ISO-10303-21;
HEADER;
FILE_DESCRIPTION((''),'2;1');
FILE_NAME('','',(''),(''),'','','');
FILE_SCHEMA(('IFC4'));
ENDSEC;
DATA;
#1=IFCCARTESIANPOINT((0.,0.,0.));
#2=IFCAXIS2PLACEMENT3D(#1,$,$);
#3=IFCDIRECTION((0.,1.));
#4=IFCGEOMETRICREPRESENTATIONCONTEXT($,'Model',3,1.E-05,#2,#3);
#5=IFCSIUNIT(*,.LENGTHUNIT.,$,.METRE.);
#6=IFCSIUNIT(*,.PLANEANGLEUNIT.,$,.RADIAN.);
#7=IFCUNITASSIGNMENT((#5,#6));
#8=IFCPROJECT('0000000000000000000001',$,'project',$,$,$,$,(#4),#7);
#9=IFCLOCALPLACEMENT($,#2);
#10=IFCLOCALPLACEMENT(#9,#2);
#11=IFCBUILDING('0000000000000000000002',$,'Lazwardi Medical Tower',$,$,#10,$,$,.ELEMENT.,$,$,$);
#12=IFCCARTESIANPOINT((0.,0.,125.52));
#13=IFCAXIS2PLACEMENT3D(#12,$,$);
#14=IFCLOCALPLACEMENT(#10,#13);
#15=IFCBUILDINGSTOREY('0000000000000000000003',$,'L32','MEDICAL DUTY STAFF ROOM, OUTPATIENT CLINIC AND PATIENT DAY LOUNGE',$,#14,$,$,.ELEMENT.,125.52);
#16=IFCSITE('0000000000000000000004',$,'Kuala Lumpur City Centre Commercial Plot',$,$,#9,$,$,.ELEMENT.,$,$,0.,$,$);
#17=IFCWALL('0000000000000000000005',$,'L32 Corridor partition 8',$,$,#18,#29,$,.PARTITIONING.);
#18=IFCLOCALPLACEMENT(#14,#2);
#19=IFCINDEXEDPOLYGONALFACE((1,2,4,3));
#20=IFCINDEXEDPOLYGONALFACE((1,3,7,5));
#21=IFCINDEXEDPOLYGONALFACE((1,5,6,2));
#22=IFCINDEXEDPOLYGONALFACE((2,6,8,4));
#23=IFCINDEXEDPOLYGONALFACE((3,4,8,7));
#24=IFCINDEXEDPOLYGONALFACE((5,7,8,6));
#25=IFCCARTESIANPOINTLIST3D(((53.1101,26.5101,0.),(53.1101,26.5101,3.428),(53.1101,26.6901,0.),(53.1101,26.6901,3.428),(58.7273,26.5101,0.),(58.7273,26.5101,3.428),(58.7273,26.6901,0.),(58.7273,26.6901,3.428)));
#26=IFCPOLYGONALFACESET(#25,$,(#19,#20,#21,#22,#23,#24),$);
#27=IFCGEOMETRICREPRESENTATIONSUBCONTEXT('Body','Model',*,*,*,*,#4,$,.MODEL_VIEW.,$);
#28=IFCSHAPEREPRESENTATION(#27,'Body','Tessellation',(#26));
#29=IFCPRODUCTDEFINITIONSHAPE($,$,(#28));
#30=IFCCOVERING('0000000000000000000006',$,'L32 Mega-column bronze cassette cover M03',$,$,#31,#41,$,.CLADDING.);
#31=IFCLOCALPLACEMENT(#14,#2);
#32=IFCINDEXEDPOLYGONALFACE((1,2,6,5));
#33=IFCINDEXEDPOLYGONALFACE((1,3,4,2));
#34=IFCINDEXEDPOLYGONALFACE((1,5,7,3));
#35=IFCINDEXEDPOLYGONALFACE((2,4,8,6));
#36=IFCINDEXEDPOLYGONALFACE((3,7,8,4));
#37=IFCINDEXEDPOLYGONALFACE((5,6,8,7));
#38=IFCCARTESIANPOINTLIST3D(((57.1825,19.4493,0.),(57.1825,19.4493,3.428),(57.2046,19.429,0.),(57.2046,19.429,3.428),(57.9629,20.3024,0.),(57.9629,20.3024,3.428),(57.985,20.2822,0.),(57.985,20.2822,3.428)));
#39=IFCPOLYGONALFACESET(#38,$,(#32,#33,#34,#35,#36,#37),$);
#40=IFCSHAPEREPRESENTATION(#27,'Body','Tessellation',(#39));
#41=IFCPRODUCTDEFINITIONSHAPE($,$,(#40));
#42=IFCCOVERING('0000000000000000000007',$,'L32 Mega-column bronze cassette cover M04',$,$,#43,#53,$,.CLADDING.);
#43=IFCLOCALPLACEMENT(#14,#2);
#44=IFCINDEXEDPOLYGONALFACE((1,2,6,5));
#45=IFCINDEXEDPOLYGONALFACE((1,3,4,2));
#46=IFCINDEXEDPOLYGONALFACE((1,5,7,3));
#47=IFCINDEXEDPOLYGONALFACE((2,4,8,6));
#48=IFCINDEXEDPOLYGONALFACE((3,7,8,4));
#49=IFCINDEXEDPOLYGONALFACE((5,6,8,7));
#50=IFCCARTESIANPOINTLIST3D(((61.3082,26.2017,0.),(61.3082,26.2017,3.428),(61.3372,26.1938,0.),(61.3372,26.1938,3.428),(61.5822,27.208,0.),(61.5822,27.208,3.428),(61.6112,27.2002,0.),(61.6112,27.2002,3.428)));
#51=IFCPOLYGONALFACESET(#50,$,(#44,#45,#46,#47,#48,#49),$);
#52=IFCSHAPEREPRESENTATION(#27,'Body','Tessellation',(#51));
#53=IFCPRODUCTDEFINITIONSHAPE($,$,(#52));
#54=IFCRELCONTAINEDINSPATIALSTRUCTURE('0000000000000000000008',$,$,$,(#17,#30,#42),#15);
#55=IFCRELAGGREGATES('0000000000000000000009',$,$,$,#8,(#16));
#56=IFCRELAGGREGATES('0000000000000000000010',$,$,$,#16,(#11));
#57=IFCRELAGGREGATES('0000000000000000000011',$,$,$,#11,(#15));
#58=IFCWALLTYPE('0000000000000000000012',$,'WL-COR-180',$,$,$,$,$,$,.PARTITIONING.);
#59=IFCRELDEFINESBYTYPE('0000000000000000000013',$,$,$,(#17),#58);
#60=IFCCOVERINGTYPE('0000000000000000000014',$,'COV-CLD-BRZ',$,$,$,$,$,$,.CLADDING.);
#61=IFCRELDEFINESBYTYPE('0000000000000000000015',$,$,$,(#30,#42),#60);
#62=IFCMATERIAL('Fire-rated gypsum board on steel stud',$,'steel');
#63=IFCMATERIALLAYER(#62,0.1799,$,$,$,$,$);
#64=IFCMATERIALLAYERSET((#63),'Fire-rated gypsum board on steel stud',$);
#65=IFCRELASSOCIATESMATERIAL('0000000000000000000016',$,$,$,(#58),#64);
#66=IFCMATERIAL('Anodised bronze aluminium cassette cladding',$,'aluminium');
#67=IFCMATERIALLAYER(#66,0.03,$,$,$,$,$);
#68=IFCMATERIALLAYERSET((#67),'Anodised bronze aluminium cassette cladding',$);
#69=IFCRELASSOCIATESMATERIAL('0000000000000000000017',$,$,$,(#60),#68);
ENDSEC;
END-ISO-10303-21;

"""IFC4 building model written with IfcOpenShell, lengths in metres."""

from ifc_helpers import new_model, si_unit, direction, frame, frame_2d, origin, origin_2d, place, context, subcontext, project, spatial, rectangle, extrude, material, layer, layer_set, type_object, element, save


model = new_model("IFC4")

# Units and contexts
model_context = context("Model", 3, precision=1e-05, world=origin(), true_north=direction((0.0, 1.0)))
body_context = subcontext(model_context, "Body", "Model", "MODEL_VIEW")
ifc_project = project(units=[si_unit("LENGTHUNIT", "METRE"), si_unit("PLANEANGLEUNIT", "RADIAN")], contexts=[model_context])

# Site, building, storey
site_placement = place(None, origin())
site = spatial("IfcSite", under=ifc_project, at=site_placement, Name="Kuala Lumpur City Centre Commercial Plot", CompositionType="ELEMENT", RefElevation=0.0)
building_placement = place(site_placement, origin())
building = spatial("IfcBuilding", under=site, at=building_placement, Name="Lazwardi Medical Tower", CompositionType="ELEMENT")
storey_placement = place(building_placement, frame((0.0, 0.0, 125.52)))
storey = spatial("IfcBuildingStorey", under=building, at=storey_placement, Name="L32", Description="MEDICAL DUTY STAFF ROOM, OUTPATIENT CLINIC AND PATIENT DAY LOUNGE", CompositionType="ELEMENT", Elevation=125.52)

# Wall
ifc_material_1 = material(Name="Fire-rated gypsum board on steel stud", Category="steel")
ifc_layer_1 = layer(ifc_material_1, 0.1799)
ifc_layer_set_1 = layer_set([ifc_layer_1], Name="Fire-rated gypsum board on steel stud")
wall_type = type_object("IfcWallType", Name="WL-COR-180", PredefinedType="PARTITIONING", material=ifc_layer_set_1)
wall_placement = place(storey_placement, frame((58.7273, 26.6001, 0.0), z_axis=(0.0, 0.0, 1.0), x_axis=(-1.0, 0.0, 0.0)))
element("IfcWall", 1, at=wall_placement, inside=storey, type_object=wall_type, Name="L32 Corridor partition 8", PredefinedType="PARTITIONING", context=body_context, shape_type="SweptSolid", body=[
    extrude(rectangle(XDim=5.6172, YDim=0.1799, at=frame_2d((2.8086, 0.0))), origin(), (0.0, 0.0, 1.0), 3.428),
])

# Coverings
ifc_material_2 = material(Name="Anodised bronze aluminium cassette cladding", Category="aluminium")
ifc_layer_2 = layer(ifc_material_2, 0.03)
ifc_layer_set_2 = layer_set([ifc_layer_2], Name="Anodised bronze aluminium cassette cladding")
covering_type = type_object("IfcCoveringType", Name="COV-CLD-BRZ", PredefinedType="CLADDING", material=ifc_layer_set_2)
covering_1_placement = place(storey_placement, frame((57.5837, 19.8657, 0.0), z_axis=(0.0, 0.0, 1.0), x_axis=(0.674926, 0.737885, 0.0)))
element("IfcCovering", 2, at=covering_1_placement, inside=storey, type_object=covering_type, Name="L32 Mega-column bronze cassette cover M03", PredefinedType="CLADDING", context=body_context, shape_type="SweptSolid", body=[
    extrude(rectangle(XDim=1.1562, YDim=0.03, at=origin_2d()), origin(), (0.0, 0.0, 1.0), 3.428),
])
covering_2_placement = place(storey_placement, frame((61.4597, 26.7009, 0.0), z_axis=(0.0, 0.0, 1.0), x_axis=(0.262696, 0.964879, 0.0)))
element("IfcCovering", 3, at=covering_2_placement, inside=storey, type_object=covering_type, Name="L32 Mega-column bronze cassette cover M04", PredefinedType="CLADDING", context=body_context, shape_type="SweptSolid", body=[
    extrude(rectangle(XDim=1.043, YDim=0.03, at=origin_2d()), origin(), (0.0, 0.0, 1.0), 3.428),
])

save(model, "model.ifc")
